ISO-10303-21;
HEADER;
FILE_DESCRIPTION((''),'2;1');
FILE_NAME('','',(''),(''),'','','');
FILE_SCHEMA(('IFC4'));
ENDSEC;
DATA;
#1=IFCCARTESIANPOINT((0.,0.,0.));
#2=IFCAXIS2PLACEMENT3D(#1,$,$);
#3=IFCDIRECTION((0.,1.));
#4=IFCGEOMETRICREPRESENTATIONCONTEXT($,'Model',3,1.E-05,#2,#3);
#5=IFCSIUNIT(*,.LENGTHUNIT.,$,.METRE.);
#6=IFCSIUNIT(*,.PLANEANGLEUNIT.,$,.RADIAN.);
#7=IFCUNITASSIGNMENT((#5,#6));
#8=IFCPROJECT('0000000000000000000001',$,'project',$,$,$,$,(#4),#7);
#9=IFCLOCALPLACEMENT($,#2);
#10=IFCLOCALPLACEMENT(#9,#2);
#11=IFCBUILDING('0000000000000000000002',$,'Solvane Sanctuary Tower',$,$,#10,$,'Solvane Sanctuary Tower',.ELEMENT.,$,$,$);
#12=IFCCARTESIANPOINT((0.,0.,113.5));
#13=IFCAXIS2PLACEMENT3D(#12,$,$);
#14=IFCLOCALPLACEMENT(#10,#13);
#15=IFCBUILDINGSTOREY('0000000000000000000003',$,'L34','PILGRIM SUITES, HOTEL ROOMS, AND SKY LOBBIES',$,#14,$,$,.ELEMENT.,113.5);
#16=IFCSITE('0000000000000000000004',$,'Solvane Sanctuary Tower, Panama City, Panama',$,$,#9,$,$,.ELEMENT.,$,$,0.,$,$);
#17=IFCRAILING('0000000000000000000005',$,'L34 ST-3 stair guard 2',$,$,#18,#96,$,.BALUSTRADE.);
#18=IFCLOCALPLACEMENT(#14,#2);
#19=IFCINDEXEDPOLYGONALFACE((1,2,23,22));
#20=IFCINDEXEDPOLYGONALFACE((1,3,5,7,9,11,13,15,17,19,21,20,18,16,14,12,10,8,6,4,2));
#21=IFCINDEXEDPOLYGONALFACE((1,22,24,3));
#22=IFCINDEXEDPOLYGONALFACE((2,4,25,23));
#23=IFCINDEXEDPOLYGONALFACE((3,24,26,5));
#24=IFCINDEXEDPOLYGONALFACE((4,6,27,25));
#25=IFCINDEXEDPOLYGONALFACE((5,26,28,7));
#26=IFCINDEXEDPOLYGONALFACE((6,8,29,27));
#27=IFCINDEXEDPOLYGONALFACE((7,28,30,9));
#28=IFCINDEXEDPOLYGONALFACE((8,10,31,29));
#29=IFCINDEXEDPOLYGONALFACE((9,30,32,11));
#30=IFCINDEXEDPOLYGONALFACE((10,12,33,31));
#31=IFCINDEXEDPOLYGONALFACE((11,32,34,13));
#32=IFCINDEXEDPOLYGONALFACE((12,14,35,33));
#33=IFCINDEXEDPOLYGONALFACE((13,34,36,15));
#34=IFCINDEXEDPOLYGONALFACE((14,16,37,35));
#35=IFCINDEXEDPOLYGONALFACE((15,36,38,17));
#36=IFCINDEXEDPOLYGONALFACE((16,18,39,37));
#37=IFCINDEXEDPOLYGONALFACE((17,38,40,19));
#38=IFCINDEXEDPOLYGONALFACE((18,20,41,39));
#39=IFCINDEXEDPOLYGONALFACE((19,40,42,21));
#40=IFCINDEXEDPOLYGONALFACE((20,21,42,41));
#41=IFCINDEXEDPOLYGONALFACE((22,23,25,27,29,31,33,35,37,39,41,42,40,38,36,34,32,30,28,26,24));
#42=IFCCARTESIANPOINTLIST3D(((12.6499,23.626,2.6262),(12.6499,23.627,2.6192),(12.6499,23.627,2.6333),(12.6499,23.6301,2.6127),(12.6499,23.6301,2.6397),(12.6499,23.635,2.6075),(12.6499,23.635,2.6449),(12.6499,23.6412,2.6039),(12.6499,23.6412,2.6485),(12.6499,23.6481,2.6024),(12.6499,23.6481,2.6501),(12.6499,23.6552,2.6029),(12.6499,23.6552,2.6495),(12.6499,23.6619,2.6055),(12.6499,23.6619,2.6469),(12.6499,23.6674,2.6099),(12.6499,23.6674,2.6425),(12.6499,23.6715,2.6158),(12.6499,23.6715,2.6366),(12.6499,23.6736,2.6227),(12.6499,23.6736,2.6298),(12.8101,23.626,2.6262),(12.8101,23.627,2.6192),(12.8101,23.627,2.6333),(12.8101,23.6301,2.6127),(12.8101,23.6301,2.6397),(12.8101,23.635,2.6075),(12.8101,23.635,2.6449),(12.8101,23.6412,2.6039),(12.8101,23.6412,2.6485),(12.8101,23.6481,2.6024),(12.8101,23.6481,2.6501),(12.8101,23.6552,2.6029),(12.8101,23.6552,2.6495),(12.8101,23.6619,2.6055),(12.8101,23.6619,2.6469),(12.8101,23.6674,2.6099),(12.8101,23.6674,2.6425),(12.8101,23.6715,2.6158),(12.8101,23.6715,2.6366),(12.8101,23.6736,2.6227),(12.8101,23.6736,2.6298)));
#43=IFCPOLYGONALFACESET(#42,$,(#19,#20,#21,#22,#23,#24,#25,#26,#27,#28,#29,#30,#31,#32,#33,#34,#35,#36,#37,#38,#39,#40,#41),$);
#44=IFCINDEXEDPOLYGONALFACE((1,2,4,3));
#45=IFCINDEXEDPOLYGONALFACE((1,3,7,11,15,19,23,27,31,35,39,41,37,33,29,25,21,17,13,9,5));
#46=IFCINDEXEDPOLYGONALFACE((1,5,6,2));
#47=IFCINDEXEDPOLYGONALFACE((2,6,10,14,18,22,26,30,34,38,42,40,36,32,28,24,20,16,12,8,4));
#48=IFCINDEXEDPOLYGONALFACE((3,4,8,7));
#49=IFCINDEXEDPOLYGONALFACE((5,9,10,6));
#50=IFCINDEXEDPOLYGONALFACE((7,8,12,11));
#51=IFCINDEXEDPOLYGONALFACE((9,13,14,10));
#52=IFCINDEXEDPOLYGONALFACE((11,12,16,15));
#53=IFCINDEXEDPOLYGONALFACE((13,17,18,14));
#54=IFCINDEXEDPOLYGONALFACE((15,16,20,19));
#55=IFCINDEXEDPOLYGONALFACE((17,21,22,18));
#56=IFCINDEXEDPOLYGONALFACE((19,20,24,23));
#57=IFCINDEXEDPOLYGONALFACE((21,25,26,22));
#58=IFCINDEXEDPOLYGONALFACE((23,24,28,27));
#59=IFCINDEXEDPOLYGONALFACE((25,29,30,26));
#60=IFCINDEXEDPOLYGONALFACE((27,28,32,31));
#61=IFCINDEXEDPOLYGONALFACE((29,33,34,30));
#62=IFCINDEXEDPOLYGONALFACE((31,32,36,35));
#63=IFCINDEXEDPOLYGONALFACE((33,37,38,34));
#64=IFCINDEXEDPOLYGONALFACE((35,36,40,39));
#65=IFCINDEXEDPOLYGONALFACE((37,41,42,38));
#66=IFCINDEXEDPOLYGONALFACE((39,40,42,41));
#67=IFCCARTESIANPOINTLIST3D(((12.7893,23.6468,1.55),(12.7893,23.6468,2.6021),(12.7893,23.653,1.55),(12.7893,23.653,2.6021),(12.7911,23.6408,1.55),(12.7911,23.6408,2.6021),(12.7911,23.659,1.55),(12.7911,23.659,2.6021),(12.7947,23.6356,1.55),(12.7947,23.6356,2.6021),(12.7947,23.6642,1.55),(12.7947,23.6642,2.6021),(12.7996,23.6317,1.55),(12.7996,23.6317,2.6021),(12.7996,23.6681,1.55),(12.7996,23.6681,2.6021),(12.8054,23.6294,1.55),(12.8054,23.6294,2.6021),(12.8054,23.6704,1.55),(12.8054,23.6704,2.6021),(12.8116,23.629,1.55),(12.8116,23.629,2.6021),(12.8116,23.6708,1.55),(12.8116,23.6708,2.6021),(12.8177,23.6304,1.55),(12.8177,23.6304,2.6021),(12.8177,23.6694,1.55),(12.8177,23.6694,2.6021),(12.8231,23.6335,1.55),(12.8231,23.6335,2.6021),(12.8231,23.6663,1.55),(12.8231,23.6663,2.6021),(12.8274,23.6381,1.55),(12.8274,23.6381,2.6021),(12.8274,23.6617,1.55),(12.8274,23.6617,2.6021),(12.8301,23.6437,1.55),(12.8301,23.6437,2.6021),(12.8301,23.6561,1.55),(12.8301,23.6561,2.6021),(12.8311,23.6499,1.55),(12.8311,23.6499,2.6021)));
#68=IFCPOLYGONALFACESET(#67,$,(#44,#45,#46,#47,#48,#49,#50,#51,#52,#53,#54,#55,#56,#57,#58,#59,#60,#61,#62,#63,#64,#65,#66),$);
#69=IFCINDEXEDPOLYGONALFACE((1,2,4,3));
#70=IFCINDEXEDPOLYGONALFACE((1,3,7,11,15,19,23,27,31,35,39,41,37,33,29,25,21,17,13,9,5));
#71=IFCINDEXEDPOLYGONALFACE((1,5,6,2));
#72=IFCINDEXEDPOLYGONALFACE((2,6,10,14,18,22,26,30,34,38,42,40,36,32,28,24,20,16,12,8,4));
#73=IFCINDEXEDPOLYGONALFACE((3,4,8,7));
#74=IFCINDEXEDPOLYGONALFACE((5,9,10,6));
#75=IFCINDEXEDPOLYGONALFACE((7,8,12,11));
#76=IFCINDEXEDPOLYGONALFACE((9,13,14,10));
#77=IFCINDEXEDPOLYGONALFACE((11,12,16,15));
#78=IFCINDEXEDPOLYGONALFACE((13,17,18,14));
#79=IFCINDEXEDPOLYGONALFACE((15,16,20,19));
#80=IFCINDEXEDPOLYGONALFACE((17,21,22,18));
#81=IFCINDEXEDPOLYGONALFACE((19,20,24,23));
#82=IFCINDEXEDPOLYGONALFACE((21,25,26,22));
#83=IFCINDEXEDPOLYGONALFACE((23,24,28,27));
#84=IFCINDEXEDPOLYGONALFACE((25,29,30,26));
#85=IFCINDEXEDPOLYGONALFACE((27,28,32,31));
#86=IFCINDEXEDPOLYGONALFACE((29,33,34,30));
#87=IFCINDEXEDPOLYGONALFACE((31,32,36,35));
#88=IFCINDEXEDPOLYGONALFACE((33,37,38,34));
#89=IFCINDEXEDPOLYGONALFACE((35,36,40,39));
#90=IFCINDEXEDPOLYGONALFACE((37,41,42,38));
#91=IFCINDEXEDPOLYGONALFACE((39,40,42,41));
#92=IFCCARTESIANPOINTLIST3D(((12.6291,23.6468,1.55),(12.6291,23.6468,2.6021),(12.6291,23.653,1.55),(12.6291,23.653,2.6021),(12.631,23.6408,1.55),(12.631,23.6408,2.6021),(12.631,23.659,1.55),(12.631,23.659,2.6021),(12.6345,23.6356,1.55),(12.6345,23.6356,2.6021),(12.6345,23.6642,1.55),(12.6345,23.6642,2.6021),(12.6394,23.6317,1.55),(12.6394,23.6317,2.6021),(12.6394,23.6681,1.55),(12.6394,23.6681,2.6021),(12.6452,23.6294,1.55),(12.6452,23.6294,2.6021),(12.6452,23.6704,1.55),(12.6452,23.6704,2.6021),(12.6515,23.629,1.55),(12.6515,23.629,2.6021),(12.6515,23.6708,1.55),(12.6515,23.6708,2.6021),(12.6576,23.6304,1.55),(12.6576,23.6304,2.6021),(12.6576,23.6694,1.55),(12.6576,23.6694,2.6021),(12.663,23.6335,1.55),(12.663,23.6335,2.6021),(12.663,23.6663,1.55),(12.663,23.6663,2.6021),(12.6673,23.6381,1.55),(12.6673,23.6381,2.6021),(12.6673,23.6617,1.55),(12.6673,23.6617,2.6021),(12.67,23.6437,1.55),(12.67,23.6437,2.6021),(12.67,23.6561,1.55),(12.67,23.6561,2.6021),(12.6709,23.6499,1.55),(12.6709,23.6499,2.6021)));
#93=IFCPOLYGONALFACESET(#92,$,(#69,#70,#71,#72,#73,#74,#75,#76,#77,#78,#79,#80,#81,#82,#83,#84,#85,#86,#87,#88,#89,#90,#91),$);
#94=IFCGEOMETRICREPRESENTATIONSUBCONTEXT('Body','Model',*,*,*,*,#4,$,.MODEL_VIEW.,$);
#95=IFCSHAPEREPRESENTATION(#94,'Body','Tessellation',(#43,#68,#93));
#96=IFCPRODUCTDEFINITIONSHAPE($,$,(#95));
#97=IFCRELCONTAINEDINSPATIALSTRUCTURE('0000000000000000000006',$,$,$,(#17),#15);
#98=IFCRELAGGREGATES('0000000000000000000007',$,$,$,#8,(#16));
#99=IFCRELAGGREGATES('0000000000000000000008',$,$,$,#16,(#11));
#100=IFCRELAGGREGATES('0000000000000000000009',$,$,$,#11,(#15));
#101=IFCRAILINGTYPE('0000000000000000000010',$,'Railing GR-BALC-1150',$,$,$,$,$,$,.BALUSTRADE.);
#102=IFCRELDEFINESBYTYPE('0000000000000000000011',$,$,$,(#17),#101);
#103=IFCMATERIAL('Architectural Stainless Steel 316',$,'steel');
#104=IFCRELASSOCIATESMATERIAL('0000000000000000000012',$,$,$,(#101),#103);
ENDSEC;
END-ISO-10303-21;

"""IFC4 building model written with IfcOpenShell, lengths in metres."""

from ifc_helpers import new_model, si_unit, direction, frame, origin, origin_2d, place, context, subcontext, project, spatial, circle, extrude, material, type_object, element, save


model = new_model("IFC4")

# Units and contexts
model_context = context("Model", 3, precision=1e-05, world=origin(), true_north=direction((0.0, 1.0)))
body_context = subcontext(model_context, "Body", "Model", "MODEL_VIEW")
ifc_project = project(units=[si_unit("LENGTHUNIT", "METRE"), si_unit("PLANEANGLEUNIT", "RADIAN")], contexts=[model_context])

# Site, building, storey
site_placement = place(None, origin())
site = spatial("IfcSite", under=ifc_project, at=site_placement, Name="Solvane Sanctuary Tower, Panama City, Panama", CompositionType="ELEMENT", RefElevation=0.0)
building_placement = place(site_placement, origin())
building = spatial("IfcBuilding", under=site, at=building_placement, Name="Solvane Sanctuary Tower", LongName="Solvane Sanctuary Tower", CompositionType="ELEMENT")
storey_placement = place(building_placement, frame((0.0, 0.0, 113.5)))
storey = spatial("IfcBuildingStorey", under=building, at=storey_placement, Name="L34", Description="PILGRIM SUITES, HOTEL ROOMS, AND SKY LOBBIES", CompositionType="ELEMENT", Elevation=113.5)

# Shared definitions
ifc_material_1 = material(Name="Architectural Stainless Steel 316", Category="steel")

# Railing
railing_type_1 = type_object("IfcRailingType", Name="Railing GR-BALC-1150", PredefinedType="BALUSTRADE", material=ifc_material_1)
railing_1_placement = place(storey_placement, frame((12.8101, 23.6499, 1.55)))
element("IfcRailing", 1, at=railing_1_placement, inside=storey, type_object=railing_type_1, Name="L34 ST-3 stair guard 2", PredefinedType="BALUSTRADE", context=body_context, shape_type="SweptSolid", body=[
    extrude(circle(Radius=0.0239, at=origin_2d()), frame((0.0, 0.0, 1.0762), z_axis=(-1.0, 0.0, 0.0), x_axis=(0.0, -1.0, 0.0)), (0.0, 0.0, 1.0), 0.1602),
    extrude(circle(Radius=0.021, at=origin_2d()), origin(), (0.0, 0.0, 1.0), 1.052),
    extrude(circle(Radius=0.021, at=origin_2d()), frame((-0.1602, 0.0, 0.0)), (0.0, 0.0, 1.0), 1.052),
])

save(model, "model.ifc")
